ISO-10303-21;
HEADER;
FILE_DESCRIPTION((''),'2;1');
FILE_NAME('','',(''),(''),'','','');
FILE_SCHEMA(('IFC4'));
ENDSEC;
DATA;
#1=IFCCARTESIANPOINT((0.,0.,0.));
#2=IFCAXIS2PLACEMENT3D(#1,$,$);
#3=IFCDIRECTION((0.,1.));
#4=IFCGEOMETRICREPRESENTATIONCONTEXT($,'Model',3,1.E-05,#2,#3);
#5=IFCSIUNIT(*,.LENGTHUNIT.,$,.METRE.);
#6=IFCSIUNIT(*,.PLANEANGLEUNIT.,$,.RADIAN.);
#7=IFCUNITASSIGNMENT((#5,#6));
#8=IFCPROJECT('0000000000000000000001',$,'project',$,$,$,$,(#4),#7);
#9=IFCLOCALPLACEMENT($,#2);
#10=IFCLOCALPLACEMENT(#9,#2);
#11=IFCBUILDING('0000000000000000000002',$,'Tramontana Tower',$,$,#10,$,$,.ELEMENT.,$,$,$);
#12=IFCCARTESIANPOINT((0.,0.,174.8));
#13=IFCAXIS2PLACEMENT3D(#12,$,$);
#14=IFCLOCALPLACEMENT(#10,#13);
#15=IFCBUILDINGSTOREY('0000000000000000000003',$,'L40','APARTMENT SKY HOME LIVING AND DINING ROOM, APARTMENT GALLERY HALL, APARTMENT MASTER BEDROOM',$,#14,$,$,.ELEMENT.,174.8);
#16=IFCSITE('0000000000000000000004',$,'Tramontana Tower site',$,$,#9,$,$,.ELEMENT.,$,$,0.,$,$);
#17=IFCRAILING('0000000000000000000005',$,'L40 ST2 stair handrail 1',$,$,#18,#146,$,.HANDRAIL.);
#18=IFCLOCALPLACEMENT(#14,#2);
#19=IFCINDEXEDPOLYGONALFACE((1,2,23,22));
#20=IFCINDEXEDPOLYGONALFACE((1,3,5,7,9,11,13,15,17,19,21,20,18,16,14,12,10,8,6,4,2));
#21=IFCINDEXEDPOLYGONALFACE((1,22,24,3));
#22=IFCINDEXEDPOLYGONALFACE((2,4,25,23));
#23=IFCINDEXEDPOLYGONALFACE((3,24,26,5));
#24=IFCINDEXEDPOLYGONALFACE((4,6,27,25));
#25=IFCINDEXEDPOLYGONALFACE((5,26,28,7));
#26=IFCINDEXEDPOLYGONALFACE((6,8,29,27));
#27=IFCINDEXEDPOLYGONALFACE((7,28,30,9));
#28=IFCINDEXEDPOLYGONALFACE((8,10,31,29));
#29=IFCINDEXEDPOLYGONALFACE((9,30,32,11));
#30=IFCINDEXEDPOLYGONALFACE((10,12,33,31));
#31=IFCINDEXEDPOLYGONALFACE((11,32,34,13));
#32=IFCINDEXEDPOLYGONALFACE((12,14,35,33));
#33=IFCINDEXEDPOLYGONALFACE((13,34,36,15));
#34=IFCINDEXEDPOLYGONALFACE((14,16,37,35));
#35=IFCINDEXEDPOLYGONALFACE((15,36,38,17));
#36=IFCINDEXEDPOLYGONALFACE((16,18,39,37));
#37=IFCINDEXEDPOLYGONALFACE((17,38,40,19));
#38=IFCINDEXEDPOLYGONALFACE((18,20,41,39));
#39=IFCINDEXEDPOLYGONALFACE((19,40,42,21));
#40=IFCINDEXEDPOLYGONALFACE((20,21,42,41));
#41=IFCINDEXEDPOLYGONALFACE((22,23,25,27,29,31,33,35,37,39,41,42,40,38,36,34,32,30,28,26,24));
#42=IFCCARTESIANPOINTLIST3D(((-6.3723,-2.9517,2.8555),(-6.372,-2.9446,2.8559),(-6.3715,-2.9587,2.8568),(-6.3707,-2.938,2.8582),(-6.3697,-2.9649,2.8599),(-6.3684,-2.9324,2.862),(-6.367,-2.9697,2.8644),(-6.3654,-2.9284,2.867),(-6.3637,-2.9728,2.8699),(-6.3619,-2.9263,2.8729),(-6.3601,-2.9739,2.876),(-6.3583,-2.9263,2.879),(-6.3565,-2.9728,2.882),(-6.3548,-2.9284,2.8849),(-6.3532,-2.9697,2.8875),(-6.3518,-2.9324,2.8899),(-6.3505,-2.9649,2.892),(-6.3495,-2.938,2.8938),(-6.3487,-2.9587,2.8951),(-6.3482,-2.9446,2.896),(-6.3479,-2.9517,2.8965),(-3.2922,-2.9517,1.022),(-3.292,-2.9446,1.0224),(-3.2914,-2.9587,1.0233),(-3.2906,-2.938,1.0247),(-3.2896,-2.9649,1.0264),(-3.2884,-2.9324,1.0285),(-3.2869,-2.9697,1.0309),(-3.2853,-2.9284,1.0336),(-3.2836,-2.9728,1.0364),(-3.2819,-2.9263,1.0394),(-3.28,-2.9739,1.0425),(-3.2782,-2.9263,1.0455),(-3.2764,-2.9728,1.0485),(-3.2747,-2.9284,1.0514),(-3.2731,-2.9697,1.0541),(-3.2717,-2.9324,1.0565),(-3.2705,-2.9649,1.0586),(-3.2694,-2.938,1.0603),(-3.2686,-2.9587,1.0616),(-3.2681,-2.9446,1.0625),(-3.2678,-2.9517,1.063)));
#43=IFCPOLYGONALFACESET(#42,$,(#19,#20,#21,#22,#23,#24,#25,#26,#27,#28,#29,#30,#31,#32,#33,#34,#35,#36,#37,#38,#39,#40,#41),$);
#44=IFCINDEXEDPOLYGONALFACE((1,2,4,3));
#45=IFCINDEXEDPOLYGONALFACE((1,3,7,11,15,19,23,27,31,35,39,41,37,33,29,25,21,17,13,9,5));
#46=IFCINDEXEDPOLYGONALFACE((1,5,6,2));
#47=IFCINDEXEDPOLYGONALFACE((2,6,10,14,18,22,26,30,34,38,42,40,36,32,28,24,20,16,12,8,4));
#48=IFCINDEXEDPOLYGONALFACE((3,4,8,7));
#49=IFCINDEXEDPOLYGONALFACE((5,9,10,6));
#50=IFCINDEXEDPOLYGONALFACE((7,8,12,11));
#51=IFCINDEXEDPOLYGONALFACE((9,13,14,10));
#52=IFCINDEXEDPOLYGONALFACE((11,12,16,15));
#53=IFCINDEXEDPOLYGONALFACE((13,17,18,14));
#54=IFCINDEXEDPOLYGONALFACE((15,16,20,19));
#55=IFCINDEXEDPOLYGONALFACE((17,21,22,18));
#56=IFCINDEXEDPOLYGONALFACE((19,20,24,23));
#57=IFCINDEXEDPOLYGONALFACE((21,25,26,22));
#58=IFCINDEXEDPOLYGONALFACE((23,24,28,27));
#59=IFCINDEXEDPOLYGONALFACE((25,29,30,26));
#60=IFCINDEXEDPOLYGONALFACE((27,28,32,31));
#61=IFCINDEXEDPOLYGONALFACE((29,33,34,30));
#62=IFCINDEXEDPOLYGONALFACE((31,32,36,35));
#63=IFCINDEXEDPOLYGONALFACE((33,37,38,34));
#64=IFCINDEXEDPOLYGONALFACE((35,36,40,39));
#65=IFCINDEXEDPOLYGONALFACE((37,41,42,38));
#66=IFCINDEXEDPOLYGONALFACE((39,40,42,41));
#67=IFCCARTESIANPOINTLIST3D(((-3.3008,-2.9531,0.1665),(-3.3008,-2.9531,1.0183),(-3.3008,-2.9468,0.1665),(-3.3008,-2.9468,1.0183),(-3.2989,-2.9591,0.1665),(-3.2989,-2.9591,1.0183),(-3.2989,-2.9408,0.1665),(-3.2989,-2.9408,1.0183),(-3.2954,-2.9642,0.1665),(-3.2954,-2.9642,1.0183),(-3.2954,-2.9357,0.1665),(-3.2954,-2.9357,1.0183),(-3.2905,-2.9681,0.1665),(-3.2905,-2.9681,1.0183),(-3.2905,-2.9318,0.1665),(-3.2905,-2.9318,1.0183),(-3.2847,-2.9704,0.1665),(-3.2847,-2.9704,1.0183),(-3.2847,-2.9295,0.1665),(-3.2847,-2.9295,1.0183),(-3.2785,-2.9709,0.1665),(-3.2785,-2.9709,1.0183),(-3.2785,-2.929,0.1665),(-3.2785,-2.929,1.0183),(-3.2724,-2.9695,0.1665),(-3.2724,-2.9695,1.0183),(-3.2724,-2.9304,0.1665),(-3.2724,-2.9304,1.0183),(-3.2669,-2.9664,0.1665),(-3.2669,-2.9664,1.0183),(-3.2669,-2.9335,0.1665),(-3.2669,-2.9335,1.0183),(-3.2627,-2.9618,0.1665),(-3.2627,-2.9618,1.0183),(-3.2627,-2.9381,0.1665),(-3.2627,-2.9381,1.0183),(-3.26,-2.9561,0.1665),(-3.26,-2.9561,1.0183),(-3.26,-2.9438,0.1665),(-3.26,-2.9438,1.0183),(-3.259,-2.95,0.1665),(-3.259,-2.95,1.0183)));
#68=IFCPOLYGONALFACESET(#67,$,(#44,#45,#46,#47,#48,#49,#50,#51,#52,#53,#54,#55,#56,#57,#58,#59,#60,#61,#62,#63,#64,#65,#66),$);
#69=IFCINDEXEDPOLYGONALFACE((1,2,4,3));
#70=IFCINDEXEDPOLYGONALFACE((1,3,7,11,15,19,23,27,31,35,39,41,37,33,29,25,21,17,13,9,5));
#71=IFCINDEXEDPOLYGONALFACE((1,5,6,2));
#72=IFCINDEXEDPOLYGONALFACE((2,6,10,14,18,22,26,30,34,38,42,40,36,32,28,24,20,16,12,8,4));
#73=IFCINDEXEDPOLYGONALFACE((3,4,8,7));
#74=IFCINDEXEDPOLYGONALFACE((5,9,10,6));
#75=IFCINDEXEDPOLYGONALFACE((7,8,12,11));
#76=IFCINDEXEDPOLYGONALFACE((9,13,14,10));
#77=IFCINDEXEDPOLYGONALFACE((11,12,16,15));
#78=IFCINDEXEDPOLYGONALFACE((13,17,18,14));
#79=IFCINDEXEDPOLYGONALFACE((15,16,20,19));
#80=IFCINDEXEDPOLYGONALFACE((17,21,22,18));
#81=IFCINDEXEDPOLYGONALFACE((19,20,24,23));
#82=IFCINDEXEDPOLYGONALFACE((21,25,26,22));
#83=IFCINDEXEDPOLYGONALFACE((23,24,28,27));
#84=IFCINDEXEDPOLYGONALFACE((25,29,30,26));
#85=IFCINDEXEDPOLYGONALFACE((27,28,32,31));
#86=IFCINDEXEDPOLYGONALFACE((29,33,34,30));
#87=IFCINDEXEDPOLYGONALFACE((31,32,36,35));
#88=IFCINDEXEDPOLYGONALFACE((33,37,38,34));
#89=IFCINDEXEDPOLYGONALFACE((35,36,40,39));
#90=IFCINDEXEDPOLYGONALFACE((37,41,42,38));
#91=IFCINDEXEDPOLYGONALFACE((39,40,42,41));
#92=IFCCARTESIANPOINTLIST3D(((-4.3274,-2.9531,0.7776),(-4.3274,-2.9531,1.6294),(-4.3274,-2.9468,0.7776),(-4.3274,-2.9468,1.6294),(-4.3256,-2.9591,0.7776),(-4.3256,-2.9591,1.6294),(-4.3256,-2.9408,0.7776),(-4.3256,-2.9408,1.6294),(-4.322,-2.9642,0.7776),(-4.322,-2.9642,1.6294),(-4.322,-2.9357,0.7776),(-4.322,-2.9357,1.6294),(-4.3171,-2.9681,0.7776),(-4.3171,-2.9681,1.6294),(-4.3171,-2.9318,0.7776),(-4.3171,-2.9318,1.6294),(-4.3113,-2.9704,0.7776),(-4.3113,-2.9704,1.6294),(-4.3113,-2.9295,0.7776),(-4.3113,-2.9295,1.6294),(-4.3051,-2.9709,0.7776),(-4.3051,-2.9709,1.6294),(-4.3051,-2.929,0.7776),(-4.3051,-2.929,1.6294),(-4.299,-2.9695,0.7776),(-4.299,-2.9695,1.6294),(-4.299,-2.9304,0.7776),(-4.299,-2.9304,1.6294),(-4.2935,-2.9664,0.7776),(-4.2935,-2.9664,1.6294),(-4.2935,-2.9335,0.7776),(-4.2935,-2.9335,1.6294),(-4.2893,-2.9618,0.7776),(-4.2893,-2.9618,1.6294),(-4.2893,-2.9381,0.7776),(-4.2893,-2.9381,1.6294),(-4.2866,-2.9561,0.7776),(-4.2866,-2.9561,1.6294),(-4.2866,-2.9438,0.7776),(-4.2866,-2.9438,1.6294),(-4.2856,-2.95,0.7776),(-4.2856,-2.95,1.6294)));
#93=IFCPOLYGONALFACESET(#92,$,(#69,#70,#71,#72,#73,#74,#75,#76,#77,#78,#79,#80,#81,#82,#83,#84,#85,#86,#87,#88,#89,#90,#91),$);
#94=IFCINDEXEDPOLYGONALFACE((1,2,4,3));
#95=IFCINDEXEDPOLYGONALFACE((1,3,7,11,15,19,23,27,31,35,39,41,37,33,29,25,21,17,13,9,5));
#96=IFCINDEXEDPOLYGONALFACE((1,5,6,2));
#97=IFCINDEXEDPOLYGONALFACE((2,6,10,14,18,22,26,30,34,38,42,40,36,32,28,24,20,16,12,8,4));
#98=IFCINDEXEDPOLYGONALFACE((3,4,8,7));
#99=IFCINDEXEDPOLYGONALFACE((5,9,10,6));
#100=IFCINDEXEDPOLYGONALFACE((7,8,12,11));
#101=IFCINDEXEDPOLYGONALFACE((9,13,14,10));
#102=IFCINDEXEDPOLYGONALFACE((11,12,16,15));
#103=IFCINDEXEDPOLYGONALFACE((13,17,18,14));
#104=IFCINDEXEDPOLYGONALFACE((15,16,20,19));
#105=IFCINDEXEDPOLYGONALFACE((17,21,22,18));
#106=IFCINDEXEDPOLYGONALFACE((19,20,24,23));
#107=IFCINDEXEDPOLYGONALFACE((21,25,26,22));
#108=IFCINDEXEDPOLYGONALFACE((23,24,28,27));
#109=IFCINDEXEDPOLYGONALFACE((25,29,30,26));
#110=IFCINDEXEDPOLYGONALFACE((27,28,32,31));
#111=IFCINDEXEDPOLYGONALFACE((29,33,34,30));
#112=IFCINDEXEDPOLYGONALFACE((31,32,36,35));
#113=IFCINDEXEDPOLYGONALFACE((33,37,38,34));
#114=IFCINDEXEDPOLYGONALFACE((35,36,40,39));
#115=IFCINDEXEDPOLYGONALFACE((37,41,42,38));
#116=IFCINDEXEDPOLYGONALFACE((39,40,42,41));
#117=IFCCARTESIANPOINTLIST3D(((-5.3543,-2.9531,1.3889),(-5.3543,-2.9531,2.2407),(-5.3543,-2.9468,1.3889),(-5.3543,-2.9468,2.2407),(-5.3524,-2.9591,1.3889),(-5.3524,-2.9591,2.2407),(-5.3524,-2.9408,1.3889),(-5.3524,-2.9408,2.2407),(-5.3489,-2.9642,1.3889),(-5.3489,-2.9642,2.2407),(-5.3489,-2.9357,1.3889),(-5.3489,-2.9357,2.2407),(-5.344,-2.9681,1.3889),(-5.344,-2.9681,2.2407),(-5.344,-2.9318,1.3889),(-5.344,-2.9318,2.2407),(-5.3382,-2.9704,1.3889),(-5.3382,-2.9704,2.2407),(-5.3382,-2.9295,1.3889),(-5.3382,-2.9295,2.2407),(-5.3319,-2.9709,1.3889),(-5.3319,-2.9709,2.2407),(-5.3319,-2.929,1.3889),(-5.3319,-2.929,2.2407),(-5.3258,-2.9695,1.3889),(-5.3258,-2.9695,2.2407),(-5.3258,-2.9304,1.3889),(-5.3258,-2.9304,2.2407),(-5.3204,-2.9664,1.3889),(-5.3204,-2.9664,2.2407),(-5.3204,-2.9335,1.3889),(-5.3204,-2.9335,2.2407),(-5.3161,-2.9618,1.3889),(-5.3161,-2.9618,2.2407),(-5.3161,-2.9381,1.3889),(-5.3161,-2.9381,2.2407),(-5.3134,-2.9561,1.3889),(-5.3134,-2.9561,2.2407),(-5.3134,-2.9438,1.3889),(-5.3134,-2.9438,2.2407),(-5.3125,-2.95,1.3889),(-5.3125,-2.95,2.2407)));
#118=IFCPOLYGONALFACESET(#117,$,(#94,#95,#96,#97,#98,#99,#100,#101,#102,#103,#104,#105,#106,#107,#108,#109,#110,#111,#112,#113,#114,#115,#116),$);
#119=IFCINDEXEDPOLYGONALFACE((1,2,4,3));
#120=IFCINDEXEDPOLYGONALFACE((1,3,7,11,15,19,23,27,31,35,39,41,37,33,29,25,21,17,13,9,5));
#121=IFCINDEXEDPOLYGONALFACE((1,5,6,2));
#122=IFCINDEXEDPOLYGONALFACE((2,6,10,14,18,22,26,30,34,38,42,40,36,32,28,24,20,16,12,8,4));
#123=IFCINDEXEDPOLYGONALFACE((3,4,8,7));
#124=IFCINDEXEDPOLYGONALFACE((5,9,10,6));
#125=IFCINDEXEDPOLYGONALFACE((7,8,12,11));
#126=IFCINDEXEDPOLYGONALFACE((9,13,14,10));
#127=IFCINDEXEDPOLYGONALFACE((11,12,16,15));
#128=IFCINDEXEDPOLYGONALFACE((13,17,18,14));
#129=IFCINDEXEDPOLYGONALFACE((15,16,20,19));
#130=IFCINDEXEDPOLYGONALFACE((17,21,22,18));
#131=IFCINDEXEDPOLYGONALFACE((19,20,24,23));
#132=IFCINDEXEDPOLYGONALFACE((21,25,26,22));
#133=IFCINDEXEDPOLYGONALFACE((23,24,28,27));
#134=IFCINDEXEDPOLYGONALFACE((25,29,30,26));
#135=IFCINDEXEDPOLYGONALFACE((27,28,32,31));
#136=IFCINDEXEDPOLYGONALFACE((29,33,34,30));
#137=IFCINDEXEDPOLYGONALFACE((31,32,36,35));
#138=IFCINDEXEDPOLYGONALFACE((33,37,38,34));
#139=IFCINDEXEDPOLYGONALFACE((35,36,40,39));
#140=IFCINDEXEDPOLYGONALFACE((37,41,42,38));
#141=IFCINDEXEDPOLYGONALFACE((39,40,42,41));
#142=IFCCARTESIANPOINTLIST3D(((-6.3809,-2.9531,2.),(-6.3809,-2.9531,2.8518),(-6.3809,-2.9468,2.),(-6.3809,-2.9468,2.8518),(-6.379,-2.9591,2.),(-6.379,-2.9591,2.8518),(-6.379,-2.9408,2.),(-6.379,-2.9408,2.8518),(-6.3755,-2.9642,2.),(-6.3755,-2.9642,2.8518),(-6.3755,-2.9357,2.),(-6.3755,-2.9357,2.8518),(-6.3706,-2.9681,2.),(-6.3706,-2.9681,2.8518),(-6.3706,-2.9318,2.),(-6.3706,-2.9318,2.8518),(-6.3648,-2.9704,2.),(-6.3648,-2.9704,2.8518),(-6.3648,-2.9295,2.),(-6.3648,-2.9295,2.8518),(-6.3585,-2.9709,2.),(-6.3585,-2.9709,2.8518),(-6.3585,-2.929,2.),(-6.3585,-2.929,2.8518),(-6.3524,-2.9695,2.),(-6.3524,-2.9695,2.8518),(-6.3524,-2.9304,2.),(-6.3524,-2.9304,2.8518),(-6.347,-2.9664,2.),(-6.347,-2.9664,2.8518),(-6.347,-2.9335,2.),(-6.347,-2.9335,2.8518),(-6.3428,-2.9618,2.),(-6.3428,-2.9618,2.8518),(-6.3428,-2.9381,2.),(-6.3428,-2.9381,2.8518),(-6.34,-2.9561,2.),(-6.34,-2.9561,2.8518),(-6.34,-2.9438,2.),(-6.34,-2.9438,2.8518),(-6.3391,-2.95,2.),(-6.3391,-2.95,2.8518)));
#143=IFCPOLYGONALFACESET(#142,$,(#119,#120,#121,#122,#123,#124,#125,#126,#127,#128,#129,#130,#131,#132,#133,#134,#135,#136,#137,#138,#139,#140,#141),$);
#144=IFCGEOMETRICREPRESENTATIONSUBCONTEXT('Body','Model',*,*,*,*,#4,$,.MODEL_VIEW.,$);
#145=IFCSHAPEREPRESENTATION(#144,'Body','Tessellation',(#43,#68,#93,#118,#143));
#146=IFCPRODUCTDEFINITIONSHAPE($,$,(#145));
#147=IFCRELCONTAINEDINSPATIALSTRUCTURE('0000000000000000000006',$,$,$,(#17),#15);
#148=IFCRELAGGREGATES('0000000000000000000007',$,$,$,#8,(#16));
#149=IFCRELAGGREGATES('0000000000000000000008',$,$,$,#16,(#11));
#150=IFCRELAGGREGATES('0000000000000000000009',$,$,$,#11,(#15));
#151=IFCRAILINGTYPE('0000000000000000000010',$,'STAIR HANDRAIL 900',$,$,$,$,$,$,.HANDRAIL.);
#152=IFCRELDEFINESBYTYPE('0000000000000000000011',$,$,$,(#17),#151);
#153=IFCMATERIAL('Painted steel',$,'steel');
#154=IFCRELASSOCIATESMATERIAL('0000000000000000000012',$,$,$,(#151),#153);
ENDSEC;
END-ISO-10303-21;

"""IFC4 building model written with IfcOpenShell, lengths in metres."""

from ifc_helpers import new_model, si_unit, direction, frame, origin, origin_2d, place, context, subcontext, project, spatial, circle, extrude, material, type_object, element, save


model = new_model("IFC4")

# Units and contexts
model_context = context("Model", 3, precision=1e-05, world=origin(), true_north=direction((0.0, 1.0)))
body_context = subcontext(model_context, "Body", "Model", "MODEL_VIEW")
ifc_project = project(units=[si_unit("LENGTHUNIT", "METRE"), si_unit("PLANEANGLEUNIT", "RADIAN")], contexts=[model_context])

# Site, building, storey
site_placement = place(None, origin())
site = spatial("IfcSite", under=ifc_project, at=site_placement, Name="Tramontana Tower site", CompositionType="ELEMENT", RefElevation=0.0)
building_placement = place(site_placement, origin())
building = spatial("IfcBuilding", under=site, at=building_placement, Name="Tramontana Tower", CompositionType="ELEMENT")
storey_placement = place(building_placement, frame((0.0, 0.0, 174.8)))
storey = spatial("IfcBuildingStorey", under=building, at=storey_placement, Name="L40", Description="APARTMENT SKY HOME LIVING AND DINING ROOM, APARTMENT GALLERY HALL, APARTMENT MASTER BEDROOM", CompositionType="ELEMENT", Elevation=174.8)

# Railing
ifc_material_1 = material(Name="Painted steel", Category="steel")
railing_type_1 = type_object("IfcRailingType", Name="STAIR HANDRAIL 900", PredefinedType="HANDRAIL", material=ifc_material_1)
railing_1_placement = place(storey_placement, frame((-3.28, -2.95, 0.1665)))
element("IfcRailing", 1, at=railing_1_placement, inside=storey, type_object=railing_type_1, Name="L40 ST2 stair handrail 1", PredefinedType="HANDRAIL", context=body_context, shape_type="SweptSolid", body=[
    extrude(circle(Radius=0.0239, at=origin_2d()), frame((0.0, 0.0, 0.876), z_axis=(-0.859279, 0.0, 0.511508), x_axis=(0.0, -1.0, 0.0)), (0.0, 0.0, 1.0), 3.5845),
    extrude(circle(Radius=0.021, at=origin_2d()), origin(), (0.0, 0.0, 1.0), 0.8518),
    extrude(circle(Radius=0.021, at=origin_2d()), frame((-1.0266, 0.0, 0.6111)), (0.0, 0.0, 1.0), 0.8518),
    extrude(circle(Radius=0.021, at=origin_2d()), frame((-2.0535, 0.0, 1.2224)), (0.0, 0.0, 1.0), 0.8518),
    extrude(circle(Radius=0.021, at=origin_2d()), frame((-3.0801, 0.0, 1.8335)), (0.0, 0.0, 1.0), 0.8518),
])

save(model, "model.ifc")
